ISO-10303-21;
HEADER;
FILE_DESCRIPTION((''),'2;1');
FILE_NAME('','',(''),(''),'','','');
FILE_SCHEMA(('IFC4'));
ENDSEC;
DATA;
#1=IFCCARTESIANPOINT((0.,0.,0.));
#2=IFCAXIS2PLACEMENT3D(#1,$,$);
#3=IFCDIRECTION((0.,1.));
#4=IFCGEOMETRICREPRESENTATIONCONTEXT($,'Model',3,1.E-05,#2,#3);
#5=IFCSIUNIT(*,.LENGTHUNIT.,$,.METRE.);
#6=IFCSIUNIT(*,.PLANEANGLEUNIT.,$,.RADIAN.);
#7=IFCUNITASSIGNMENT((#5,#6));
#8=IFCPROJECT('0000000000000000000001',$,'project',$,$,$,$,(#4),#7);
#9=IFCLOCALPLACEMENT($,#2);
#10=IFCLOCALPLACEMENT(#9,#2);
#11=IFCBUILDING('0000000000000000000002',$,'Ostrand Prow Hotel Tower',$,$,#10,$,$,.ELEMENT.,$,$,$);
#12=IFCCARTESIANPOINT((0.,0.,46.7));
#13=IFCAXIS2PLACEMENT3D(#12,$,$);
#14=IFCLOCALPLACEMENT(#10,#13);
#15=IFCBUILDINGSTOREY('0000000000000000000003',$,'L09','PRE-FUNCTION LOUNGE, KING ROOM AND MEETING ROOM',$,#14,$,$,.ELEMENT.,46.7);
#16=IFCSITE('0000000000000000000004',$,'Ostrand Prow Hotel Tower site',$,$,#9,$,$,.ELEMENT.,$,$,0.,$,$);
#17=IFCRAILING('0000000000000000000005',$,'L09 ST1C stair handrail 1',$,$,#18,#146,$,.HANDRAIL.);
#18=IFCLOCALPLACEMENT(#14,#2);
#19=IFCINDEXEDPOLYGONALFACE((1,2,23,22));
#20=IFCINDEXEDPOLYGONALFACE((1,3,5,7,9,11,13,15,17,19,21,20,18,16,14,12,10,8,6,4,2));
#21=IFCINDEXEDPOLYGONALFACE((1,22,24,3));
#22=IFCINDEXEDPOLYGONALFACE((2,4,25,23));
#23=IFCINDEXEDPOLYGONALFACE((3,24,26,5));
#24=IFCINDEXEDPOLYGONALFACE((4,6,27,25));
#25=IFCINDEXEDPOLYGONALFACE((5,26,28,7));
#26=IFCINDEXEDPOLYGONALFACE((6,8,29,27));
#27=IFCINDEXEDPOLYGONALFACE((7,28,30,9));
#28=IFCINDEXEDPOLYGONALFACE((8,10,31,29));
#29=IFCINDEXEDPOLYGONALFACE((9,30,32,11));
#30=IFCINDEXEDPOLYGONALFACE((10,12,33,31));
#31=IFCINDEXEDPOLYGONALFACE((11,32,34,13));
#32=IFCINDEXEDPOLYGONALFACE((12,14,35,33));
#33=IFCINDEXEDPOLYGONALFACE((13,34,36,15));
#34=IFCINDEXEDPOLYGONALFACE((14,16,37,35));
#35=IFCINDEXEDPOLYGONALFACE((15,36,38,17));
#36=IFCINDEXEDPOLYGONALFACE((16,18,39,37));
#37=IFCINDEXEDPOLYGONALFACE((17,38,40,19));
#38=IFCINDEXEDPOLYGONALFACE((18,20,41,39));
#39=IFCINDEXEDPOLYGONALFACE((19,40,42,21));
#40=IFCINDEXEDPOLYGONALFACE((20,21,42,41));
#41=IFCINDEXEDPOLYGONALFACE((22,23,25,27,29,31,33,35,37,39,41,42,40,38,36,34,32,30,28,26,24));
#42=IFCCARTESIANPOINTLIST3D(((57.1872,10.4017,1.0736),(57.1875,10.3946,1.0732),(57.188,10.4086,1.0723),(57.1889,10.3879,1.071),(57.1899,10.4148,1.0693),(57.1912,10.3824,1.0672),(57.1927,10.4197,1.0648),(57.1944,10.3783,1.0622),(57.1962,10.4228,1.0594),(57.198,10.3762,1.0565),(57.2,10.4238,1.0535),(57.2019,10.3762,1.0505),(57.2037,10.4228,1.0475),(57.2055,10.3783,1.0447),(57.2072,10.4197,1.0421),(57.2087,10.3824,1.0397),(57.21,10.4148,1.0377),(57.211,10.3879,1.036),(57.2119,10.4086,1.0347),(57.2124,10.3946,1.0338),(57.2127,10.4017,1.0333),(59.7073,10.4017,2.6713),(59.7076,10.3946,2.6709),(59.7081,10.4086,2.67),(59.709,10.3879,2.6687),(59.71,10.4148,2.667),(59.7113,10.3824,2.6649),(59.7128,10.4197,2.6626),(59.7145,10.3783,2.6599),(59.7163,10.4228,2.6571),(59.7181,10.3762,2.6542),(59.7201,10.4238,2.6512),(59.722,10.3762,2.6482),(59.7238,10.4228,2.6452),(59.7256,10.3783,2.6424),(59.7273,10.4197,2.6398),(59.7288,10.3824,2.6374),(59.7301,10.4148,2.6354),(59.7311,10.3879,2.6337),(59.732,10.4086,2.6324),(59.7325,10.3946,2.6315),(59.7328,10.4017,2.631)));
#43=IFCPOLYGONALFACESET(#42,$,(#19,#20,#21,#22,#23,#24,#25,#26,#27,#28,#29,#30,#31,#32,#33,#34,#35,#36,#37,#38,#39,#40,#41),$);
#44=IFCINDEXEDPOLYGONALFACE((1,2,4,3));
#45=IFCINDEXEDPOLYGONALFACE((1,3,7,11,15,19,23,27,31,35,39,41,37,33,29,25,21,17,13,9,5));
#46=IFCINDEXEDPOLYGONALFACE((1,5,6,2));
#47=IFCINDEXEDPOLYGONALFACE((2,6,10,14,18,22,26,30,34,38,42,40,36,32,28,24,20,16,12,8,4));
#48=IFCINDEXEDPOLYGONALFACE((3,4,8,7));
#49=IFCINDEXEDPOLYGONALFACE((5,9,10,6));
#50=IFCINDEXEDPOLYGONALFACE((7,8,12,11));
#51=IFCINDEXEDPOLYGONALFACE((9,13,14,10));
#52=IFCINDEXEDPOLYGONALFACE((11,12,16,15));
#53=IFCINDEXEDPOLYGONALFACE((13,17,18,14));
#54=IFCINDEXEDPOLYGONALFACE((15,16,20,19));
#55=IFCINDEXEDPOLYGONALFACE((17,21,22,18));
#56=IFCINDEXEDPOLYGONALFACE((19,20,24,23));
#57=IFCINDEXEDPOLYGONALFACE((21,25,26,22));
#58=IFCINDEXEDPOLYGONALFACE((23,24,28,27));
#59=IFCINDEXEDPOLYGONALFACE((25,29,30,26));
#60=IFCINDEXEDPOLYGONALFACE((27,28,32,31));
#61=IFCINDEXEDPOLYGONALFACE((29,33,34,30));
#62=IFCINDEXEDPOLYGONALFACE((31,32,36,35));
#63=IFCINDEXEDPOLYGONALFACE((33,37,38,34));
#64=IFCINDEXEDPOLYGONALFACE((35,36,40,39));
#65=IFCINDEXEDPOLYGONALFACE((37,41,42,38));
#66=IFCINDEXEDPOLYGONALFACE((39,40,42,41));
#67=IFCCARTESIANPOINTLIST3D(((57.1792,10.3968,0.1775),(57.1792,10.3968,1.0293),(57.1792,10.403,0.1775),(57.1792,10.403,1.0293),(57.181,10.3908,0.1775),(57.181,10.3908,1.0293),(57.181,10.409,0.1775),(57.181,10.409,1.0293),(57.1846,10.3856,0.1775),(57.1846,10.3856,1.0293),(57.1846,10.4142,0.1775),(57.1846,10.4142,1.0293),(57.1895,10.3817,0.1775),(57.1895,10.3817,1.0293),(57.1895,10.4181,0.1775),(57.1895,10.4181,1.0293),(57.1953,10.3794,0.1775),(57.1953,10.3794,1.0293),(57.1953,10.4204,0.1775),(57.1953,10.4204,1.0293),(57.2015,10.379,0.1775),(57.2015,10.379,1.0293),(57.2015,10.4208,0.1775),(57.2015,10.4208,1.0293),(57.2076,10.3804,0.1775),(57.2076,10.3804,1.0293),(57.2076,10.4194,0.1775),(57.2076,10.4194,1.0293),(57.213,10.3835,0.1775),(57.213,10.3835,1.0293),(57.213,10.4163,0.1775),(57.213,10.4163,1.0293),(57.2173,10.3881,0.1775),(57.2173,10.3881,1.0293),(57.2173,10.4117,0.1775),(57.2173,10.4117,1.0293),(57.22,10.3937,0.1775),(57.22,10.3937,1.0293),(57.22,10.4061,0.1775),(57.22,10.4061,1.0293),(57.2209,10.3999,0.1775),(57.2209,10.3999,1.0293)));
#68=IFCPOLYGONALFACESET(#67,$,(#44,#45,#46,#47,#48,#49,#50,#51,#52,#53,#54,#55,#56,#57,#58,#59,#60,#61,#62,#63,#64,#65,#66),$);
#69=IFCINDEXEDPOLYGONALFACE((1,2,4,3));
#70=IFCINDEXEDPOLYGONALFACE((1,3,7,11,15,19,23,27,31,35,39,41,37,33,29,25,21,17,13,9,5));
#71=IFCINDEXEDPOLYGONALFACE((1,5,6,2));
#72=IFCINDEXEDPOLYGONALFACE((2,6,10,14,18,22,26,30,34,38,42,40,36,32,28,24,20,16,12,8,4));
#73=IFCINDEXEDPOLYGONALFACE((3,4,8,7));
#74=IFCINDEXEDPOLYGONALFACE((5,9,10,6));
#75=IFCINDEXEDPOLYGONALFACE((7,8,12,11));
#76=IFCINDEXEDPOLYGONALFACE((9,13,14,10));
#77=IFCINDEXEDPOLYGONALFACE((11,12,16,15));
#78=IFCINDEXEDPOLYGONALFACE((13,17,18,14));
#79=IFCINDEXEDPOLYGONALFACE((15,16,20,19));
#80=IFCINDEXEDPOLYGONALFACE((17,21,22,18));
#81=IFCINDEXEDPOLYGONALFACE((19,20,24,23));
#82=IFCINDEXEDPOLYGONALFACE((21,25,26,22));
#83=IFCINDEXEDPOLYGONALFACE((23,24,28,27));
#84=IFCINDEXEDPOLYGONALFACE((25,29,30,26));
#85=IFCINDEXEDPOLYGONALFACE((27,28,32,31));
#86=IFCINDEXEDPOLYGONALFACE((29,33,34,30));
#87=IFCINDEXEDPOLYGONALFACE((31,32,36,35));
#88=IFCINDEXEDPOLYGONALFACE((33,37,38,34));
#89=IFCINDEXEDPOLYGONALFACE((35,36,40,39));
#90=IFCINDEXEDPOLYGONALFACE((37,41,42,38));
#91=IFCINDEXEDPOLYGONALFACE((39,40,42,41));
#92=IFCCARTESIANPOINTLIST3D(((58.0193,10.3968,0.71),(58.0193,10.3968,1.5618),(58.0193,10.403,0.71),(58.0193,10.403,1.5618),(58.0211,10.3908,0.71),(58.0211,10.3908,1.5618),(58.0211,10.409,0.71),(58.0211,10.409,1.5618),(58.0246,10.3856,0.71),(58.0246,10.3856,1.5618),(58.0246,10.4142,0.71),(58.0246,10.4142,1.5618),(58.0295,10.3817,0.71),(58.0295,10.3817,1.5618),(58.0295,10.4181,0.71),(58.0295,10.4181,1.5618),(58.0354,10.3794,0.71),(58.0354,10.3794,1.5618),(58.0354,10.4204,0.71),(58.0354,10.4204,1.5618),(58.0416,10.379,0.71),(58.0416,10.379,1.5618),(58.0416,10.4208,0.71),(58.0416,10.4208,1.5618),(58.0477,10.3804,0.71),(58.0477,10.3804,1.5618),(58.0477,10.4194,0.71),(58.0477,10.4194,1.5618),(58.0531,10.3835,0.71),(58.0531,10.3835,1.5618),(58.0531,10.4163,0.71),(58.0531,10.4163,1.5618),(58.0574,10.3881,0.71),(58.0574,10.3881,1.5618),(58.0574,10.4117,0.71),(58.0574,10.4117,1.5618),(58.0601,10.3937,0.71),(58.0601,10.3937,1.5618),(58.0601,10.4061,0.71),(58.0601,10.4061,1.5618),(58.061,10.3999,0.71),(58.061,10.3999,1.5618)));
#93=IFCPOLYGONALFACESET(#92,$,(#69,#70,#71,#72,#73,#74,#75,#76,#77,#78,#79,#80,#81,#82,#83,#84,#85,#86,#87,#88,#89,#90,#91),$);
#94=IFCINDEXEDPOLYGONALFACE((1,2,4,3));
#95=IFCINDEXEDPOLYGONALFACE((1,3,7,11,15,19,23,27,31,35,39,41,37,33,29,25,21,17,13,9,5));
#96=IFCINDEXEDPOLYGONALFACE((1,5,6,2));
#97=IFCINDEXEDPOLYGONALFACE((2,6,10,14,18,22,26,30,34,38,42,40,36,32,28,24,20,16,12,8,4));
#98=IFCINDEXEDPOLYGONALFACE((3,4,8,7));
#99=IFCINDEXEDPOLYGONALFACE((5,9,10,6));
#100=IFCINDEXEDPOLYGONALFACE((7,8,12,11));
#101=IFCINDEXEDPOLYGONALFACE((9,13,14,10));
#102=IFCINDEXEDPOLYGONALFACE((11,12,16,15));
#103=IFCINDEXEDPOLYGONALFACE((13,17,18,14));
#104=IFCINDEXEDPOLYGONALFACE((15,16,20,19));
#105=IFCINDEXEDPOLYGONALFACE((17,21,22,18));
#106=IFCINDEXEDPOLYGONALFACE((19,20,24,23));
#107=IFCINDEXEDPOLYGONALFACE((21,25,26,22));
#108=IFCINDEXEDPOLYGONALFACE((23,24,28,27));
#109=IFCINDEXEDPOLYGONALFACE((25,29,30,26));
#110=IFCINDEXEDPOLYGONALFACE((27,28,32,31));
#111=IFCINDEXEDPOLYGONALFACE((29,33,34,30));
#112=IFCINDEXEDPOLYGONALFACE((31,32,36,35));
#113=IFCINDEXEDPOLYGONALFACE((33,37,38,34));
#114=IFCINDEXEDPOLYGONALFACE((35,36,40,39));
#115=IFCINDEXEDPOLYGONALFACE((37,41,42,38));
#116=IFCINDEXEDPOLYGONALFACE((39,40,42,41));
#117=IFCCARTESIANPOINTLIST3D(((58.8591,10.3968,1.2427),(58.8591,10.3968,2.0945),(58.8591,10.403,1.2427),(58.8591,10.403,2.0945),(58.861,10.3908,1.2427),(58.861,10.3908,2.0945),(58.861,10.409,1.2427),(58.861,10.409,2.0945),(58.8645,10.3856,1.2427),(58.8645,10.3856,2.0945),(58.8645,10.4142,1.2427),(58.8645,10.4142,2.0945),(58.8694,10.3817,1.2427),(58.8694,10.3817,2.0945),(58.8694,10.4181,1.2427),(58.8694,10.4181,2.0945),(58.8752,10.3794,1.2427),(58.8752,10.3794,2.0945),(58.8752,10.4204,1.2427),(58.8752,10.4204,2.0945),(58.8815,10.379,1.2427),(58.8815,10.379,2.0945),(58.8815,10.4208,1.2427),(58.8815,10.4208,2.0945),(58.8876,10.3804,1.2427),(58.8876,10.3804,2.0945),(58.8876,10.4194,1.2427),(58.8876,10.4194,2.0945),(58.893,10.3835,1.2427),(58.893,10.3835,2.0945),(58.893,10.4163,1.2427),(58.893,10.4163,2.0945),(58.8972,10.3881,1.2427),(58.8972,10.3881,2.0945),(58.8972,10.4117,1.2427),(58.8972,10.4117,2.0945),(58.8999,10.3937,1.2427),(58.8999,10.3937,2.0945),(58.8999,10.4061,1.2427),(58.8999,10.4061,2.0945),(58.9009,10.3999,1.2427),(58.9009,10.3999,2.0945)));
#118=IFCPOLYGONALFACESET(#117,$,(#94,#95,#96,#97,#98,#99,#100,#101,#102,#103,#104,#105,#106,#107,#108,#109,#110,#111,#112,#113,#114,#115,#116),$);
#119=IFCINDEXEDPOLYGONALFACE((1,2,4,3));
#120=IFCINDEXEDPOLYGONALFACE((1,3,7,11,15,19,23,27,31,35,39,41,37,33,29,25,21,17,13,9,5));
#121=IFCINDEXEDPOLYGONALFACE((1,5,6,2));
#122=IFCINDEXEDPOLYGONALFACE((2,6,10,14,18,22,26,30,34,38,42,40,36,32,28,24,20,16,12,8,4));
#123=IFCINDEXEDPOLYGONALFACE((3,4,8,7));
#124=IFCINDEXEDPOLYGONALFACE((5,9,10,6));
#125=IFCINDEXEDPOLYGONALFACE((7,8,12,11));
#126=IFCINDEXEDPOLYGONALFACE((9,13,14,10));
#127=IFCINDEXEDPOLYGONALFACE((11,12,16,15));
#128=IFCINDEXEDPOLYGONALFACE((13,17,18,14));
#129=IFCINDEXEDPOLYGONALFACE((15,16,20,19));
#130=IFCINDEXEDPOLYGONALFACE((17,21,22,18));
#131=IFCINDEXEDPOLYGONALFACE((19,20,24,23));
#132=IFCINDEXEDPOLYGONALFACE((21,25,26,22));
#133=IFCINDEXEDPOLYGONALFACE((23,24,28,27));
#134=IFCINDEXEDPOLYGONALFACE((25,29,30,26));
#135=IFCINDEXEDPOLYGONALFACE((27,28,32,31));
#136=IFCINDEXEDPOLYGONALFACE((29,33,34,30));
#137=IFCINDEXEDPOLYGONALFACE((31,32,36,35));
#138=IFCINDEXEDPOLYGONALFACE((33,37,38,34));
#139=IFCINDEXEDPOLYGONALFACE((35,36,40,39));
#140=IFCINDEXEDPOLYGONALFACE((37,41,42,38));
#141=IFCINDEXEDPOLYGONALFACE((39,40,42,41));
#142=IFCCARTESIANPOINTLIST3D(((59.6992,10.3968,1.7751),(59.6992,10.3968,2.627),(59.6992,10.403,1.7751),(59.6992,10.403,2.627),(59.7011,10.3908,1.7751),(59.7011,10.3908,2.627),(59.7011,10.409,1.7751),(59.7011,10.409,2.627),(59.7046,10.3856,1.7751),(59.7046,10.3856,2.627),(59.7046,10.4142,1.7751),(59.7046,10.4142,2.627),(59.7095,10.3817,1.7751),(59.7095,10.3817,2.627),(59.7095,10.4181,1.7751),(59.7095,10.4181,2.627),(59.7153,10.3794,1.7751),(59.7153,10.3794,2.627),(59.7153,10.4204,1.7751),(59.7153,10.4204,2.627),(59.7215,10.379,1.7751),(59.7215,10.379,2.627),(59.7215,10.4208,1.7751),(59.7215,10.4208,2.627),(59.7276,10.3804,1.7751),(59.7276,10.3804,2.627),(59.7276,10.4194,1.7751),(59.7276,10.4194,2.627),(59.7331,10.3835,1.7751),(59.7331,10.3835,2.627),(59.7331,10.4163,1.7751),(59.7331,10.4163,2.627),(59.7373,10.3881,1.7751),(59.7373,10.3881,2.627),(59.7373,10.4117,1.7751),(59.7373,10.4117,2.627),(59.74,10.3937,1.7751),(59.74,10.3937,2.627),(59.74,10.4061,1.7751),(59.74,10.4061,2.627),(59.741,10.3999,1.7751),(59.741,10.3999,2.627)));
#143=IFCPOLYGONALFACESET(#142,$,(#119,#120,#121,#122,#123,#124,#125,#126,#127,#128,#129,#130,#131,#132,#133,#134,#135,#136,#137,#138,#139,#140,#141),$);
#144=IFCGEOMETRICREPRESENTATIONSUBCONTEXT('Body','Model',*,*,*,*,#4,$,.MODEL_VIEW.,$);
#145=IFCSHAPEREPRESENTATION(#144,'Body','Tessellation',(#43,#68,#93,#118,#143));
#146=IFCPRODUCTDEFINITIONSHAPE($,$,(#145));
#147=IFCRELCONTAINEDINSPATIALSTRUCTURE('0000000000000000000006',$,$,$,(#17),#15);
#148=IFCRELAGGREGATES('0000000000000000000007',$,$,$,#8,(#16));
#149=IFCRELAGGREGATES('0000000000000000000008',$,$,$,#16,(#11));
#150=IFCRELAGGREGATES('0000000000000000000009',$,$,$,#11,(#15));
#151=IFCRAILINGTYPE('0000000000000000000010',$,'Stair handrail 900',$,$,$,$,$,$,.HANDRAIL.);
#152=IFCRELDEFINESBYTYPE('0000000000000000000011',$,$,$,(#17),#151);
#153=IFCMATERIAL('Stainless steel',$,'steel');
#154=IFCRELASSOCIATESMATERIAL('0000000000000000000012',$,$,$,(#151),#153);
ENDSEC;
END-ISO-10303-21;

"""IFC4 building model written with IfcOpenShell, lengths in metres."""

from ifc_helpers import new_model, si_unit, direction, frame, origin, origin_2d, place, context, subcontext, project, spatial, circle, extrude, material, type_object, element, save


model = new_model("IFC4")

# Units and contexts
model_context = context("Model", 3, precision=1e-05, world=origin(), true_north=direction((0.0, 1.0)))
body_context = subcontext(model_context, "Body", "Model", "MODEL_VIEW")
ifc_project = project(units=[si_unit("LENGTHUNIT", "METRE"), si_unit("PLANEANGLEUNIT", "RADIAN")], contexts=[model_context])

# Site, building, storey
site_placement = place(None, origin())
site = spatial("IfcSite", under=ifc_project, at=site_placement, Name="Ostrand Prow Hotel Tower site", CompositionType="ELEMENT", RefElevation=0.0)
building_placement = place(site_placement, origin())
building = spatial("IfcBuilding", under=site, at=building_placement, Name="Ostrand Prow Hotel Tower", CompositionType="ELEMENT")
storey_placement = place(building_placement, frame((0.0, 0.0, 46.7)))
storey = spatial("IfcBuildingStorey", under=building, at=storey_placement, Name="L09", Description="PRE-FUNCTION LOUNGE, KING ROOM AND MEETING ROOM", CompositionType="ELEMENT", Elevation=46.7)

# Railing
ifc_material_1 = material(Name="Stainless steel", Category="steel")
railing_type_1 = type_object("IfcRailingType", Name="Stair handrail 900", PredefinedType="HANDRAIL", material=ifc_material_1)
railing_1_placement = place(storey_placement, frame((57.2, 10.3999, 0.1775)))
element("IfcRailing", 1, at=railing_1_placement, inside=storey, type_object=railing_type_1, Name="L09 ST1C stair handrail 1", PredefinedType="HANDRAIL", context=body_context, shape_type="SweptSolid", body=[
    extrude(circle(Radius=0.0239, at=origin_2d()), frame((0.0, 0.0, 0.876), z_axis=(0.84457, 0.0, 0.535445), x_axis=(0.0, 1.0, 0.0)), (0.0, 0.0, 1.0), 2.9839),
    extrude(circle(Radius=0.021, at=origin_2d()), origin(), (0.0, 0.0, 1.0), 0.8518),
    extrude(circle(Radius=0.021, at=origin_2d()), frame((0.8401, 0.0, 0.5325)), (0.0, 0.0, 1.0), 0.8518),
    extrude(circle(Radius=0.021, at=origin_2d()), frame((1.6799, 0.0, 1.0652)), (0.0, 0.0, 1.0), 0.8518),
    extrude(circle(Radius=0.021, at=origin_2d()), frame((2.52, 0.0, 1.5977)), (0.0, 0.0, 1.0), 0.8518),
])

save(model, "model.ifc")
